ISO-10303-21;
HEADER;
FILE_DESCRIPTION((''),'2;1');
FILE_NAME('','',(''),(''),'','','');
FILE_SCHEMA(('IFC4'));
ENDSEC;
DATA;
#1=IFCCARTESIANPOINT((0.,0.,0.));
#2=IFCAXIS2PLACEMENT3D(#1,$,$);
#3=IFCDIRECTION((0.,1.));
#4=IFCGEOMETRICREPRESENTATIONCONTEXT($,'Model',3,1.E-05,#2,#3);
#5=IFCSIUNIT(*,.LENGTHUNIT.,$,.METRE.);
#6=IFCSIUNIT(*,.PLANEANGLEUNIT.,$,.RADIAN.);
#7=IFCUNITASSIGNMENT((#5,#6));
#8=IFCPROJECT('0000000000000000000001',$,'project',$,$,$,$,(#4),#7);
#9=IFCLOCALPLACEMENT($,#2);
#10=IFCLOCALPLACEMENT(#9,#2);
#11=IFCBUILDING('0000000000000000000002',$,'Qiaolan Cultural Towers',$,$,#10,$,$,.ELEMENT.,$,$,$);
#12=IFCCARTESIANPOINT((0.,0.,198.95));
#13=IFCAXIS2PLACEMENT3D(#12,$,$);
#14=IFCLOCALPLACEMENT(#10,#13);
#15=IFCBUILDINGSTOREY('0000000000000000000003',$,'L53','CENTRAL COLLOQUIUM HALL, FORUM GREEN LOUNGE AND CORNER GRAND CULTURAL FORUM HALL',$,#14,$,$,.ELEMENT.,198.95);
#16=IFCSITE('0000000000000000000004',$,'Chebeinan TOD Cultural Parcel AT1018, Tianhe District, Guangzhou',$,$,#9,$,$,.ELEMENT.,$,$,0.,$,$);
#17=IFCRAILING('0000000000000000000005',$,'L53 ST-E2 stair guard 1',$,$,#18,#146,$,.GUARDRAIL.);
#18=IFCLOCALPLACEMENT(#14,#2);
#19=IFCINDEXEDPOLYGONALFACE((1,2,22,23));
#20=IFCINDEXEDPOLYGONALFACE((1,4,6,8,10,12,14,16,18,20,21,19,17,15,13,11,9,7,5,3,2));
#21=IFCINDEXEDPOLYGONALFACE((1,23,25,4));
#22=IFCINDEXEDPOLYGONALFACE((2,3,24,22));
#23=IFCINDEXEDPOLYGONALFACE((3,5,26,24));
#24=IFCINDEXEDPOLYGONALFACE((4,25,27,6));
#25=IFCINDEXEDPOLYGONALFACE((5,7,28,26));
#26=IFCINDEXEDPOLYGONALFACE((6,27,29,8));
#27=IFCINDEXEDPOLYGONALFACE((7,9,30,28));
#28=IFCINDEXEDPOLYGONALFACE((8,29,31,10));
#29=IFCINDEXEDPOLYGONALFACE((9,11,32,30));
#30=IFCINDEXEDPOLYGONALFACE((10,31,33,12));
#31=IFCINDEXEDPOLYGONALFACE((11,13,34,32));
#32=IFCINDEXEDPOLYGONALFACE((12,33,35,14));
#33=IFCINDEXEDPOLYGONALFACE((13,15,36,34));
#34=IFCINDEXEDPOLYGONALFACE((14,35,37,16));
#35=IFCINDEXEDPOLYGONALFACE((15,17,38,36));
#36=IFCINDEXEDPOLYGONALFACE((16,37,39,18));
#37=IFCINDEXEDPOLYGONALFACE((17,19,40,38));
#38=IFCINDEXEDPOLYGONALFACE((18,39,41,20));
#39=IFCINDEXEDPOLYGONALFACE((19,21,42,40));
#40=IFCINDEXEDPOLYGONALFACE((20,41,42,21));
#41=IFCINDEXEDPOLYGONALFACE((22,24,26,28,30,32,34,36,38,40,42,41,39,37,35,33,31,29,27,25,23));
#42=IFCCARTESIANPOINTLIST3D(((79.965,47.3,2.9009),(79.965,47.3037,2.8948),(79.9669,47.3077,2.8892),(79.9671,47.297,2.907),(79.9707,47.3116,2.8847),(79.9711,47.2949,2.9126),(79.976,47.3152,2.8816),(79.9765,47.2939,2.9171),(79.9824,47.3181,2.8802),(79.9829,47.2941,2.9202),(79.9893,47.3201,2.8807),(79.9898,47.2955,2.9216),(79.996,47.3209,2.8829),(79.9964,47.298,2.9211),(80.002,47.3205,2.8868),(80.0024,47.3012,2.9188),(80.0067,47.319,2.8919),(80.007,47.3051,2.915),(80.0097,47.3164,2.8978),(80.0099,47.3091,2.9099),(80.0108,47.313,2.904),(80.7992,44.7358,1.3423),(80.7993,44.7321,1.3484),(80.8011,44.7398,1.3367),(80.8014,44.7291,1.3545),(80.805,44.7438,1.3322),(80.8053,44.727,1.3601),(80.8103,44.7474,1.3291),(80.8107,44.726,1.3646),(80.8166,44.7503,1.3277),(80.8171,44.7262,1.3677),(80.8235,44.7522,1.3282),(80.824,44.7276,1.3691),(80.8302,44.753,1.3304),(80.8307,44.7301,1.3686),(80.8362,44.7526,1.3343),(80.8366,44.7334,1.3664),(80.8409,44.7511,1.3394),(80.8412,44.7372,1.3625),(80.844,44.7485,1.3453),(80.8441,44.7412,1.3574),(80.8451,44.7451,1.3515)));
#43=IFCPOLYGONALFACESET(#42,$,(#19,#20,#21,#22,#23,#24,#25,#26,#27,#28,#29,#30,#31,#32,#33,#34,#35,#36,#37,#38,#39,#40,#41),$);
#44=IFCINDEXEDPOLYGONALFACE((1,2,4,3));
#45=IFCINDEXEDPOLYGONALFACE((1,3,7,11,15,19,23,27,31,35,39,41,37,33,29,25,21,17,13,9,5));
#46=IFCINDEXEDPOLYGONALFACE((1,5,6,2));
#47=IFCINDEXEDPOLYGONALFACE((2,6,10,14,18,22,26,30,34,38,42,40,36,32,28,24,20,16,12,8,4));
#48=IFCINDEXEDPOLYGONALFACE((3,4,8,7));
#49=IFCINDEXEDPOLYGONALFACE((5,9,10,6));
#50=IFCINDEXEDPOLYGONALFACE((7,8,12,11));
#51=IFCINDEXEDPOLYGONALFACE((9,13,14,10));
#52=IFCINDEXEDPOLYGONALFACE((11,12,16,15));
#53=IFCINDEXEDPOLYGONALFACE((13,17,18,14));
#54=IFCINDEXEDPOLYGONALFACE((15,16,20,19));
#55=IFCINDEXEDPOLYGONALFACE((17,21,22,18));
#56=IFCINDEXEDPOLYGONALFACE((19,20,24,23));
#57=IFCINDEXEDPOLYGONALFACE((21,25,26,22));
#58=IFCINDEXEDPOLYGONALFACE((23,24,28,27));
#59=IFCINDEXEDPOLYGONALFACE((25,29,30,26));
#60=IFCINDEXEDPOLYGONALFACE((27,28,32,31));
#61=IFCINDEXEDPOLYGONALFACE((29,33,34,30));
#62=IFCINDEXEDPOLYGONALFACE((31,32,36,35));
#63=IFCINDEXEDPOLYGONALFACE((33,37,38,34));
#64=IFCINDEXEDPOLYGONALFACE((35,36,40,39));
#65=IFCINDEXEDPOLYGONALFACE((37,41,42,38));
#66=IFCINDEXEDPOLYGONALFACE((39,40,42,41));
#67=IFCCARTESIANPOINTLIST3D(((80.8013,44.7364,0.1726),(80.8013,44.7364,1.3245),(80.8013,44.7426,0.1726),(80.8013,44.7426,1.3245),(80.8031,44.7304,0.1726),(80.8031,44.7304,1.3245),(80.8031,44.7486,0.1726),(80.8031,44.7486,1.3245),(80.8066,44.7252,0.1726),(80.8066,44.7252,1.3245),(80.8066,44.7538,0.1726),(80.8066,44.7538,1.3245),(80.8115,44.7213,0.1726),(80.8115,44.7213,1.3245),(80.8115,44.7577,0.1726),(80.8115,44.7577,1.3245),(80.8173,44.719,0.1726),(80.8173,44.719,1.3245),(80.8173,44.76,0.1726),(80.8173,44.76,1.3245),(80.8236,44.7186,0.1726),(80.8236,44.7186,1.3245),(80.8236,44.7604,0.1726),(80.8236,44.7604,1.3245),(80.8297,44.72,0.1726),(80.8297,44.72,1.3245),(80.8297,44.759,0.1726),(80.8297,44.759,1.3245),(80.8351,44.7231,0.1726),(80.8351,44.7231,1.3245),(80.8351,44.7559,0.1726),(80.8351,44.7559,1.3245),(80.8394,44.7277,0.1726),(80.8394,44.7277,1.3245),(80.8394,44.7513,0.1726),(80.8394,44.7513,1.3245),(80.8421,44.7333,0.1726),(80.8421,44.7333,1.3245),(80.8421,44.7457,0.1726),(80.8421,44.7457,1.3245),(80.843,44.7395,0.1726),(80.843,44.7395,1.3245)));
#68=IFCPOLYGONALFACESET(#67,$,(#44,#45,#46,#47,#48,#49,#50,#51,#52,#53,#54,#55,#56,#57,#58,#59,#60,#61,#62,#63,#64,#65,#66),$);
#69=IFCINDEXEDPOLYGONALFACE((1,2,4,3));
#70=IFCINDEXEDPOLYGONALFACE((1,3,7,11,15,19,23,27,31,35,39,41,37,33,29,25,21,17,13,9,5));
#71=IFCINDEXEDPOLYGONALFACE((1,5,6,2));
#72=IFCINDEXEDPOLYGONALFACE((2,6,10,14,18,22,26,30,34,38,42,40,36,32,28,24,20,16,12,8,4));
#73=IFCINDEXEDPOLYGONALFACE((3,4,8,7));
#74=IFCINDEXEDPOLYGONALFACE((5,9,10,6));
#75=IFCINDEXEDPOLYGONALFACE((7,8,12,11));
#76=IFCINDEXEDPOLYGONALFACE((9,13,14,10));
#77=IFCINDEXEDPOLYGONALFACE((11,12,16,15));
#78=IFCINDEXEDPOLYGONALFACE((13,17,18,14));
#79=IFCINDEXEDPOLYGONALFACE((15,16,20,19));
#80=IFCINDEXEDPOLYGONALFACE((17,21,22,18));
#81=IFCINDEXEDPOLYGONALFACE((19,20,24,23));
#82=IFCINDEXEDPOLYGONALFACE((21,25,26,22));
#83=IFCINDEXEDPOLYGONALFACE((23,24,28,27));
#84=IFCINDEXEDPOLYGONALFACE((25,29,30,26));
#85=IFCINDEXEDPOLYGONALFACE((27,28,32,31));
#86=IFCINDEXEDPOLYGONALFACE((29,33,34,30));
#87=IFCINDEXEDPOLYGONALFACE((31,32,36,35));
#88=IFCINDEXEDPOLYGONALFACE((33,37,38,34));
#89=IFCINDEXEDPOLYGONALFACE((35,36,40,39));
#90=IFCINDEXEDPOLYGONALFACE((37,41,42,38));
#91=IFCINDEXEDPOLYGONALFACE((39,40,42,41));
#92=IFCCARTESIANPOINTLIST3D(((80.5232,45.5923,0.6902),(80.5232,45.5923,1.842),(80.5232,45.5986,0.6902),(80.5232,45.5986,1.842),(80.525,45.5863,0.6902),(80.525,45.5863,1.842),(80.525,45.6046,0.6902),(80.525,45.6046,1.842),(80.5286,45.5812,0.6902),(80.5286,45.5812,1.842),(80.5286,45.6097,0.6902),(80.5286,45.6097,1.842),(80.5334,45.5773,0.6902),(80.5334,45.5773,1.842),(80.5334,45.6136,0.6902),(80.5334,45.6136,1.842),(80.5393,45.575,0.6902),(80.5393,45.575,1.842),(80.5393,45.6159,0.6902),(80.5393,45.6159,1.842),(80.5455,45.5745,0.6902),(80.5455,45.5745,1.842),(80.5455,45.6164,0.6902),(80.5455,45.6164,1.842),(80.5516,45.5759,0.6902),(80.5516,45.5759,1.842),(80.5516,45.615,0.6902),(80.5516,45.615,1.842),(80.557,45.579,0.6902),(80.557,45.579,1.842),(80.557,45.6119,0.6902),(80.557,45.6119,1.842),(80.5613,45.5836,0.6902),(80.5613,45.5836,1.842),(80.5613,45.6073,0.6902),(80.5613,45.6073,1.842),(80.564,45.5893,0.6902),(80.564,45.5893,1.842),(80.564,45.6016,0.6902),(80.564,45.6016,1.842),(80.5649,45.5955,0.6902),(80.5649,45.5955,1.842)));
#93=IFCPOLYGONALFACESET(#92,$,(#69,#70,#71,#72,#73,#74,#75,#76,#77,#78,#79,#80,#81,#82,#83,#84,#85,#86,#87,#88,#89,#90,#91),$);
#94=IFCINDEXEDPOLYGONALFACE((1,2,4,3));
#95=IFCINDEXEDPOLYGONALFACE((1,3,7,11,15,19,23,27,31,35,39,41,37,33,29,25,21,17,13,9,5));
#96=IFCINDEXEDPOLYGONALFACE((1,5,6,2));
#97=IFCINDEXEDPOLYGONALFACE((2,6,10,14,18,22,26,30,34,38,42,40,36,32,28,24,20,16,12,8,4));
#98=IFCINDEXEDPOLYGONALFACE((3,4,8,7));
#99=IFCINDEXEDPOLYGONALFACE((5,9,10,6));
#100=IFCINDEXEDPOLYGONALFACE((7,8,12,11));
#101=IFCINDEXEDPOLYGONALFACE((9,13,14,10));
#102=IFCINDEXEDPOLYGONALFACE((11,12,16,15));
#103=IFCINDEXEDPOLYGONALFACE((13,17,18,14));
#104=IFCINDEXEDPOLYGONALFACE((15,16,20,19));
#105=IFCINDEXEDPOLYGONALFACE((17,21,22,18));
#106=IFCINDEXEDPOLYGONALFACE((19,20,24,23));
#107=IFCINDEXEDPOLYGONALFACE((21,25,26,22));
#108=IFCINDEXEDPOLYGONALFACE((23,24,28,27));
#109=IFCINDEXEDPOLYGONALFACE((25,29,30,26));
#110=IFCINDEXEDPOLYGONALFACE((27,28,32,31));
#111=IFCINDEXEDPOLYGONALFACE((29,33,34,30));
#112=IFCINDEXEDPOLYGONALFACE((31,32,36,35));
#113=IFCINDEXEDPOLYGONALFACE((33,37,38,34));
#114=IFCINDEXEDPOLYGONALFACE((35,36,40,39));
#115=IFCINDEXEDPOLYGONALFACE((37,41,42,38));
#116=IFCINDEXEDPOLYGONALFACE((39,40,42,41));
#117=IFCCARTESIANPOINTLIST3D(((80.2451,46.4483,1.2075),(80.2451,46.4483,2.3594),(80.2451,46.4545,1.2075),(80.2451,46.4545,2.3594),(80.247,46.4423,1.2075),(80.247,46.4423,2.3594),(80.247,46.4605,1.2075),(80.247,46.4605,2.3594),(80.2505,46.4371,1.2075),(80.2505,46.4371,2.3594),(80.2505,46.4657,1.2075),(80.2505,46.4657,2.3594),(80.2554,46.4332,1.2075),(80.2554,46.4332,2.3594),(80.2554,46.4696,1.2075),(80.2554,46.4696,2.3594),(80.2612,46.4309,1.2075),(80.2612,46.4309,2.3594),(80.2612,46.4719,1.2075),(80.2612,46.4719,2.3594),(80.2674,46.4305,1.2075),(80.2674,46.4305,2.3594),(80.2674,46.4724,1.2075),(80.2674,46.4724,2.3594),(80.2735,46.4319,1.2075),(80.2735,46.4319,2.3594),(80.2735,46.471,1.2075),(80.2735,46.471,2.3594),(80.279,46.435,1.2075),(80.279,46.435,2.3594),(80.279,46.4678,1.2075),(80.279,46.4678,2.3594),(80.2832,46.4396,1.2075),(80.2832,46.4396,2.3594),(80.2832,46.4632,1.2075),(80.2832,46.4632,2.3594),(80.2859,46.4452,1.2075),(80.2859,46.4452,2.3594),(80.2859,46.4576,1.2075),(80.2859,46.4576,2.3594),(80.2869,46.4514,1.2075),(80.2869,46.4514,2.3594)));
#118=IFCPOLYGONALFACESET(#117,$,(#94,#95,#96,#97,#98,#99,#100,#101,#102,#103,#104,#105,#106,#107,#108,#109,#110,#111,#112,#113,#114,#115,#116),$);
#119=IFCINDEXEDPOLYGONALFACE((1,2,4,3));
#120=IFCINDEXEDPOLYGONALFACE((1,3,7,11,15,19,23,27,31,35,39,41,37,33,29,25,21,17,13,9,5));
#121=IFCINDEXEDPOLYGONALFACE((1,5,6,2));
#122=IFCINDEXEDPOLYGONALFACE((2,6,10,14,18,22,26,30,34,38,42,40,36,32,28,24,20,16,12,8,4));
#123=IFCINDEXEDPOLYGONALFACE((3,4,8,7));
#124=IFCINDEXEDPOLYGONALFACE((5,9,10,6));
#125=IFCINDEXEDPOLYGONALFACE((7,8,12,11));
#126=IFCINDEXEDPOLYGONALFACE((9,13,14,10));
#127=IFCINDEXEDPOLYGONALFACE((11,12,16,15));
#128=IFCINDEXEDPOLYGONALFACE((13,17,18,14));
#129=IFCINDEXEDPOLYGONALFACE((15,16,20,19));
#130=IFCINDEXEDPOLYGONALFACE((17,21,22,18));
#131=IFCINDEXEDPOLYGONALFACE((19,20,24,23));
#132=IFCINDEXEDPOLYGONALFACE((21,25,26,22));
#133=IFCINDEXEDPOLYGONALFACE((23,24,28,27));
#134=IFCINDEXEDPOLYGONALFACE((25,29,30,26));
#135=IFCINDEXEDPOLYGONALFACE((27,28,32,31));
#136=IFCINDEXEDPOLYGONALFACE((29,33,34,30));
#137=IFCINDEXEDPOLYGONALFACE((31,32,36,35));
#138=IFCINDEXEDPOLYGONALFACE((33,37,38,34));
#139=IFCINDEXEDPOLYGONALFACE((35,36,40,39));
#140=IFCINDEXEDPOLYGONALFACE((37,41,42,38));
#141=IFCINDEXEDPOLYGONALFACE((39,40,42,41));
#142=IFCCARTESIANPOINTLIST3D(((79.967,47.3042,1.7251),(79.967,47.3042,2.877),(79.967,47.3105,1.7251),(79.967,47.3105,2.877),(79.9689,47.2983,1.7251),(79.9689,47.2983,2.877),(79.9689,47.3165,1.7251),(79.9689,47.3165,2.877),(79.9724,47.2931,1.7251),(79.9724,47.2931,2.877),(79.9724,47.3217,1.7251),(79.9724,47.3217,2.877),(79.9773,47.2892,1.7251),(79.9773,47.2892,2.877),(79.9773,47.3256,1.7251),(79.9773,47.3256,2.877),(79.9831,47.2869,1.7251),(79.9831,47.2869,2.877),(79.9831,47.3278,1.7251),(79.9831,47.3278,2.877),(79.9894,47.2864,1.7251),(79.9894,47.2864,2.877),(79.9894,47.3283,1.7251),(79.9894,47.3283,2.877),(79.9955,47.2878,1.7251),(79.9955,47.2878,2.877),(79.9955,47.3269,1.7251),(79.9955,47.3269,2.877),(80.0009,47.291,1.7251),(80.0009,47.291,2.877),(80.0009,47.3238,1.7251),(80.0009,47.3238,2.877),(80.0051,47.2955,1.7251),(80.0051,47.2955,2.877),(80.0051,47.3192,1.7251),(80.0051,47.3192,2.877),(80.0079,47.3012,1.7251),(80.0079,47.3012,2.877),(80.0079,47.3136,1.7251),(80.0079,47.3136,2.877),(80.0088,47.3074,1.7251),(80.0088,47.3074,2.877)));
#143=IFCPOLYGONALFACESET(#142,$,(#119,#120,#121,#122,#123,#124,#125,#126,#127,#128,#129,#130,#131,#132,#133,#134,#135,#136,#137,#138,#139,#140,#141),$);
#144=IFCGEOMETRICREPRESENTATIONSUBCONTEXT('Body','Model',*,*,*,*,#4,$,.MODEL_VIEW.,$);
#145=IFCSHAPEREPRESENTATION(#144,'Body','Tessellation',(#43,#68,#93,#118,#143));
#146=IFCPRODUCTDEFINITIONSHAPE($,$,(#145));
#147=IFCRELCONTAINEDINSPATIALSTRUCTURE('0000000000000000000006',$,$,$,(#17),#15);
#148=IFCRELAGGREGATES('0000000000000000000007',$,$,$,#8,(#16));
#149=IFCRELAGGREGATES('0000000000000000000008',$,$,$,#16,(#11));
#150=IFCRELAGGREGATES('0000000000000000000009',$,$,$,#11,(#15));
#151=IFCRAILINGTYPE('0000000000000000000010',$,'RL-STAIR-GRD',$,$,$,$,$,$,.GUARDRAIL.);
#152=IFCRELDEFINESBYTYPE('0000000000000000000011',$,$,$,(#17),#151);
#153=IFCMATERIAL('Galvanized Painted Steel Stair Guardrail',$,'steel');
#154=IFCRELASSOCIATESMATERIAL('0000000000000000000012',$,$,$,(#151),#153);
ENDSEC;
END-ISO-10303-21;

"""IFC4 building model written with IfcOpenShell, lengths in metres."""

from ifc_helpers import new_model, si_unit, direction, frame, origin, origin_2d, place, context, subcontext, project, spatial, circle, extrude, material, type_object, element, save


model = new_model("IFC4")

# Units and contexts
model_context = context("Model", 3, precision=1e-05, world=origin(), true_north=direction((0.0, 1.0)))
body_context = subcontext(model_context, "Body", "Model", "MODEL_VIEW")
ifc_project = project(units=[si_unit("LENGTHUNIT", "METRE"), si_unit("PLANEANGLEUNIT", "RADIAN")], contexts=[model_context])

# Site, building, storey
site_placement = place(None, origin())
site = spatial("IfcSite", under=ifc_project, at=site_placement, Name="Chebeinan TOD Cultural Parcel AT1018, Tianhe District, Guangzhou", CompositionType="ELEMENT", RefElevation=0.0)
building_placement = place(site_placement, origin())
building = spatial("IfcBuilding", under=site, at=building_placement, Name="Qiaolan Cultural Towers", CompositionType="ELEMENT")
storey_placement = place(building_placement, frame((0.0, 0.0, 198.95)))
storey = spatial("IfcBuildingStorey", under=building, at=storey_placement, Name="L53", Description="CENTRAL COLLOQUIUM HALL, FORUM GREEN LOUNGE AND CORNER GRAND CULTURAL FORUM HALL", CompositionType="ELEMENT", Elevation=198.95)

# Railing
ifc_material_1 = material(Name="Galvanized Painted Steel Stair Guardrail", Category="steel")
railing_type_1 = type_object("IfcRailingType", Name="RL-STAIR-GRD", PredefinedType="GUARDRAIL", material=ifc_material_1)
railing_1_placement = place(storey_placement, frame((80.822, 44.7395, 0.1726)))
element("IfcRailing", 1, at=railing_1_placement, inside=storey, type_object=railing_type_1, Name="L53 ST-E2 stair guard 1", PredefinedType="GUARDRAIL", context=body_context, shape_type="SweptSolid", body=[
    extrude(circle(Radius=0.0239, at=origin_2d()), frame((0.0, 0.0, 1.1758), z_axis=(-0.267853, 0.824488, 0.498471), x_axis=(-0.95107, -0.308976, 0.0)), (0.0, 0.0, 1.0), 3.1145),
    extrude(circle(Radius=0.021, at=origin_2d()), origin(), (0.0, 0.0, 1.0), 1.1519),
    extrude(circle(Radius=0.021, at=origin_2d()), frame((-0.2781, 0.856, 0.5176)), (0.0, 0.0, 1.0), 1.1519),
    extrude(circle(Radius=0.021, at=origin_2d()), frame((-0.5562, 1.7119, 1.0349)), (0.0, 0.0, 1.0), 1.1519),
    extrude(circle(Radius=0.021, at=origin_2d()), frame((-0.8342, 2.5679, 1.5525)), (0.0, 0.0, 1.0), 1.1519),
])

save(model, "model.ifc")
